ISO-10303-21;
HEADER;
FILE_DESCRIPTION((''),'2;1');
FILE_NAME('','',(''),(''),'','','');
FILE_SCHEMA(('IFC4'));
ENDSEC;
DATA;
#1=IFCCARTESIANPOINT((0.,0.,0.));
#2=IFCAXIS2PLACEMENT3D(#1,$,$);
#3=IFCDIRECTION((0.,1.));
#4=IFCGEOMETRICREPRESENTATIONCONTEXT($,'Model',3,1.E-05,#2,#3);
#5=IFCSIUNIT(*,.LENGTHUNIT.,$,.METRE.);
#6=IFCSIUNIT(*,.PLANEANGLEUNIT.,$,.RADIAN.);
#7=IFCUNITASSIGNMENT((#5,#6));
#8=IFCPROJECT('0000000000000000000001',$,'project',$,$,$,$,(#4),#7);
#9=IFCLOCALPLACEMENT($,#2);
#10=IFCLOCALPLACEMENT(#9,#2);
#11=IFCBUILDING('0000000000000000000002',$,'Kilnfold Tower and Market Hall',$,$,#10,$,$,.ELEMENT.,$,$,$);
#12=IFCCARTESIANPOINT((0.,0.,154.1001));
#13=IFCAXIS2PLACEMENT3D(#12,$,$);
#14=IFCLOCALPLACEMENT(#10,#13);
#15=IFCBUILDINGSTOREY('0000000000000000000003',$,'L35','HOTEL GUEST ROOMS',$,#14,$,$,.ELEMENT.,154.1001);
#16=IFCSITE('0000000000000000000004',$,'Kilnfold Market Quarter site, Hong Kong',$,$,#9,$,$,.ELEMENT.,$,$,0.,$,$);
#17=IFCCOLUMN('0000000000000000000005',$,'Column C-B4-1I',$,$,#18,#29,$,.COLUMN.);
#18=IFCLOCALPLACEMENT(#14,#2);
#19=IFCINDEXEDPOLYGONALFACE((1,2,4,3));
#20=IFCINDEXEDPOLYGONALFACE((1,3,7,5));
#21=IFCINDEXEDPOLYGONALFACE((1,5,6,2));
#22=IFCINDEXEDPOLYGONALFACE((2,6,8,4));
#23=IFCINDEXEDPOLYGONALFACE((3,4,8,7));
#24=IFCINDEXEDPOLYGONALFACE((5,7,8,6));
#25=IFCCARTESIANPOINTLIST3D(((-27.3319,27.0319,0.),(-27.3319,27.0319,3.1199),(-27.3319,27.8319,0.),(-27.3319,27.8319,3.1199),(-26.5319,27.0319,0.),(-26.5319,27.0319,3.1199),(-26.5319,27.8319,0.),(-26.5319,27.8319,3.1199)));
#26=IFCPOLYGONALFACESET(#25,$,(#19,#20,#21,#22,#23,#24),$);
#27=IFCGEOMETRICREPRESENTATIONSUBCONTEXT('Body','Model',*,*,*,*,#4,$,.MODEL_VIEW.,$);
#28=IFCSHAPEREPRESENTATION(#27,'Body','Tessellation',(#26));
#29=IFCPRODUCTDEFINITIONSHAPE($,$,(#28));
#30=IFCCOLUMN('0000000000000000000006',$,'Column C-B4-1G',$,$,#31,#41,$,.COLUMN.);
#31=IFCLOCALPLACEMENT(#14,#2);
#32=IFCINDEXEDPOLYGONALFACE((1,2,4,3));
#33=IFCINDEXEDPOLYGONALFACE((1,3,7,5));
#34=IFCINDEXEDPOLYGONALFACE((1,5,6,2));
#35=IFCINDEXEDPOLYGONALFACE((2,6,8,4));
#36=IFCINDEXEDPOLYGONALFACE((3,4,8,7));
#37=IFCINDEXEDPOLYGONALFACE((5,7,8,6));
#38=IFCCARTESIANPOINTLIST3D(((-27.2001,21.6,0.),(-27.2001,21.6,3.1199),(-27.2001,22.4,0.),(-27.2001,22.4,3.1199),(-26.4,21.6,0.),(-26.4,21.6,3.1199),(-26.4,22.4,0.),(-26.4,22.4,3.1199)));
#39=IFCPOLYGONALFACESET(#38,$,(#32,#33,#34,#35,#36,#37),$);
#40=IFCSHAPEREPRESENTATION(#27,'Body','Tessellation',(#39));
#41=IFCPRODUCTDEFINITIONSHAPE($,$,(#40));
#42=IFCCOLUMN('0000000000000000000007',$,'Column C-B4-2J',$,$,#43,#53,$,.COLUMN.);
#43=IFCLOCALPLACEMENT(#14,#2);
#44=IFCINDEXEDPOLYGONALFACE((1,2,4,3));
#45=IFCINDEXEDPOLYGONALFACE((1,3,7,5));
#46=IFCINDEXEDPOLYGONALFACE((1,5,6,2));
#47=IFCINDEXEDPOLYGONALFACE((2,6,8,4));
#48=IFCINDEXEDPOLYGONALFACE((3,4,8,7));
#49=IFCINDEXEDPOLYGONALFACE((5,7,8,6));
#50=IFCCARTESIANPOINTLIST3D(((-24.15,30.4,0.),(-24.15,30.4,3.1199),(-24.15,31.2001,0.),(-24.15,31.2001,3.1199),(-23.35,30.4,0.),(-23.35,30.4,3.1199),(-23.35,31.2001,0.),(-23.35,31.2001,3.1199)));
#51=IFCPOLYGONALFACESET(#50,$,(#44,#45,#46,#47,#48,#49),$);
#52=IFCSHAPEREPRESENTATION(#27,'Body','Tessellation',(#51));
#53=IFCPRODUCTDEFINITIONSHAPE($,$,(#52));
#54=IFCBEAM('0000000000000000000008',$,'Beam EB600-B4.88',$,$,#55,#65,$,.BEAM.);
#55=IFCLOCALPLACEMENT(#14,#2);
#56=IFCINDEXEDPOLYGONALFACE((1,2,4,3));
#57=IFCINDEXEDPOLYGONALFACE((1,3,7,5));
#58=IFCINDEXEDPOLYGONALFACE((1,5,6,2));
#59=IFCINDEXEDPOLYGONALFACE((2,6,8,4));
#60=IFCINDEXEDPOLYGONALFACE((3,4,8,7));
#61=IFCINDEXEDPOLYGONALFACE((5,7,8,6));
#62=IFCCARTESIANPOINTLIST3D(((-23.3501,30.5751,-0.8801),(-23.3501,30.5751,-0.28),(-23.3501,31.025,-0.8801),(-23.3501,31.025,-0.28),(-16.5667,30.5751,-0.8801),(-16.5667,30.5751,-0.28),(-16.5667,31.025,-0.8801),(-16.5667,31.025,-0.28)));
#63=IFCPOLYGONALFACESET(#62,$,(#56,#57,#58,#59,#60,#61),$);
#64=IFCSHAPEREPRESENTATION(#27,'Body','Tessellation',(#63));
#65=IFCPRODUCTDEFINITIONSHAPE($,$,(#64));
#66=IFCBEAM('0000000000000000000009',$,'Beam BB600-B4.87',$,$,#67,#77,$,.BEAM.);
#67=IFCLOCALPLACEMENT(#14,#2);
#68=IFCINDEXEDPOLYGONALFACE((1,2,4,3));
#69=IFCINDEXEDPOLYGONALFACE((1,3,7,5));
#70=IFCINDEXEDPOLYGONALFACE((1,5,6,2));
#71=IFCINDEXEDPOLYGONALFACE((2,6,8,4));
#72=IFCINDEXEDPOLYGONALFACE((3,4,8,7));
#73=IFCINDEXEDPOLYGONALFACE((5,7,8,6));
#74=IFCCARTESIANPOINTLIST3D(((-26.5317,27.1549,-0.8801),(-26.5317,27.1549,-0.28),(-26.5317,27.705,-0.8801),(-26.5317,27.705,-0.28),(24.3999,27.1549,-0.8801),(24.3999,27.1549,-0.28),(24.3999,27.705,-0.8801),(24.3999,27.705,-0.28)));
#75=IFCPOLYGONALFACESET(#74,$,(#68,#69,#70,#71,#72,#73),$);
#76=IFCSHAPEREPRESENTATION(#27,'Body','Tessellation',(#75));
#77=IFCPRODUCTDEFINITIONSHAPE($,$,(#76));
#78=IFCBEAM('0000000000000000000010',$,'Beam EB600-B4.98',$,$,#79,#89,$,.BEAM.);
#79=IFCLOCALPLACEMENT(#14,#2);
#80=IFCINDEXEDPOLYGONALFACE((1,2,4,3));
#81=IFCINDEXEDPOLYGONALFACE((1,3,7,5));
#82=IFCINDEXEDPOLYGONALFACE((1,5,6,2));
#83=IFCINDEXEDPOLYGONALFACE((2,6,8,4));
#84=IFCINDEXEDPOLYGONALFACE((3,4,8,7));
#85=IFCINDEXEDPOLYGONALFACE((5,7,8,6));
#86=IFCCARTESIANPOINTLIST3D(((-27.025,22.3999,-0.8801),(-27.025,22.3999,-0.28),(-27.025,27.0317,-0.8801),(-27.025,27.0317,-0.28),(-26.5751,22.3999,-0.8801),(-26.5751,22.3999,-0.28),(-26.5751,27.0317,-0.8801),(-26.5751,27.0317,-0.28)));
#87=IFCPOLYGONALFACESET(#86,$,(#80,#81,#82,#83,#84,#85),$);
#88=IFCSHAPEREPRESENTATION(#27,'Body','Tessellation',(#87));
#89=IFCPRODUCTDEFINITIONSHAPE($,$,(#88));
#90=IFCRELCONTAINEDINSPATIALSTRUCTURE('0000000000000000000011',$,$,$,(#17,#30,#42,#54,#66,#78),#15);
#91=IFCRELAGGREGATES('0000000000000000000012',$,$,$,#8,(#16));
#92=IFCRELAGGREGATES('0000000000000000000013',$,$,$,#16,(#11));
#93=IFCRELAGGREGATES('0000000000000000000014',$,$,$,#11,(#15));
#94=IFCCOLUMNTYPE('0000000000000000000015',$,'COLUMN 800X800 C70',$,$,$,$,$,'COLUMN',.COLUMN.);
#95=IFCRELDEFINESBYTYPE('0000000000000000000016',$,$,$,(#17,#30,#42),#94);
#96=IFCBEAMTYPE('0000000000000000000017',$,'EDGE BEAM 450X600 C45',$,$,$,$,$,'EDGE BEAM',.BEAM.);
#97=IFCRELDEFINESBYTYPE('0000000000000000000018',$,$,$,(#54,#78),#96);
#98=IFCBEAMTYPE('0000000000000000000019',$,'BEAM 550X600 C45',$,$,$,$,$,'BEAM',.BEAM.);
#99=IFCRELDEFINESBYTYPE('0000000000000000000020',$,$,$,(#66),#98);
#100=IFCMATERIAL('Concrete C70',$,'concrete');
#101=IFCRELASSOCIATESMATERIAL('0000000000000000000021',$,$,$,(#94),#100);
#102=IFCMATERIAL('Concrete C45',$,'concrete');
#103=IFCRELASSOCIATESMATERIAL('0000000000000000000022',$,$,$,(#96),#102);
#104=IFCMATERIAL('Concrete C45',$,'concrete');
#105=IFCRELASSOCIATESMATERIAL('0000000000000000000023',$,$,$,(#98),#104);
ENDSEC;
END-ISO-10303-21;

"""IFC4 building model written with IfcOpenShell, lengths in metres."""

from ifc_helpers import new_model, si_unit, direction, frame, origin, origin_2d, place, context, subcontext, project, spatial, rectangle, extrude, source, transform, mapped, material, material_profile, profile_set, type_object, element, save


model = new_model("IFC4")

# Units and contexts
model_context = context("Model", 3, precision=1e-05, world=origin(), true_north=direction((0.0, 1.0)))
body_context = subcontext(model_context, "Body", "Model", "MODEL_VIEW")
ifc_project = project(units=[si_unit("LENGTHUNIT", "METRE"), si_unit("PLANEANGLEUNIT", "RADIAN")], contexts=[model_context])

# Site, building, storey
site_placement = place(None, origin())
site = spatial("IfcSite", under=ifc_project, at=site_placement, Name="Kilnfold Market Quarter site, Hong Kong", CompositionType="ELEMENT", RefElevation=0.0)
building_placement = place(site_placement, origin())
building = spatial("IfcBuilding", under=site, at=building_placement, Name="Kilnfold Tower and Market Hall", CompositionType="ELEMENT")
storey_placement = place(building_placement, frame((0.0, 0.0, 154.1001)))
storey = spatial("IfcBuildingStorey", under=building, at=storey_placement, Name="L35", Description="HOTEL GUEST ROOMS", CompositionType="ELEMENT", Elevation=154.1001)

# Columns
ifc_material_1 = material(Name="Concrete C70", Category="concrete")
ifc_material_profile_1 = material_profile(ifc_material_1, rectangle(XDim=0.8, YDim=0.8, at=origin_2d()), Name="RC 800x800")
ifc_profile_set_1 = profile_set([ifc_material_profile_1], Name="Concrete C70")
column_type = type_object("IfcColumnType", Name="COLUMN 800X800 C70", ElementType="COLUMN", PredefinedType="COLUMN", material=ifc_profile_set_1)
shared_shape_1 = source(origin(), body_context, "Body", "SweptSolid", [
    extrude(rectangle(XDim=0.8, YDim=0.8, at=origin_2d()), origin(), (0.0, 0.0, 1.0), 3.1199),
])
for number, where, z_axis, x_axis, name in (
    (1, (-26.9319, 27.4319, 0.0), (0.0, 0.0, 1.0), (1.0, 0.0, 0.0), "Column C-B4-1I"),
    (2, (-26.8, 22.0, 0.0), (0.0, 0.0, 1.0), (1.0, 0.0, 0.0), "Column C-B4-1G"),
    (3, (-23.75, 30.8, 0.0), (0.0, 0.0, 1.0), (1.0, 0.0, 0.0), "Column C-B4-2J"),
):
    element("IfcColumn", number, at=place(storey_placement, frame(where, z_axis=z_axis, x_axis=x_axis)), inside=storey, type_object=column_type, Name=name, PredefinedType="COLUMN", context=body_context, shape_type="MappedRepresentation", body=[
        mapped(shared_shape_1, transform((0.0, 0.0, 0.0))),
    ])

# Beams
ifc_material_2 = material(Name="Concrete C45", Category="concrete")
ifc_material_profile_2 = material_profile(ifc_material_2, rectangle(XDim=0.45, YDim=0.6001, at=origin_2d()), Name="RC 450x600")
ifc_profile_set_2 = profile_set([ifc_material_profile_2], Name="Concrete C45")
beam_type_1 = type_object("IfcBeamType", Name="EDGE BEAM 450X600 C45", ElementType="EDGE BEAM", PredefinedType="BEAM", material=ifc_profile_set_2)
shared_shape_2 = source(origin(), body_context, "Body", "SweptSolid", [
    extrude(rectangle(XDim=0.45, YDim=0.6001, at=origin_2d()), origin(), (0.0, 0.0, 1.0), 6.7834),
])
beam_1_placement = place(storey_placement, frame((-23.3501, 30.8, -0.5801), z_axis=(1.0, 0.0, 0.0), x_axis=(0.0, 1.0, 0.0)))
element("IfcBeam", 4, at=beam_1_placement, inside=storey, type_object=beam_type_1, Name="Beam EB600-B4.88", PredefinedType="BEAM", context=body_context, shape_type="MappedRepresentation", body=[
    mapped(shared_shape_2, transform((0.0, 0.0, 0.0))),
])
ifc_material_3 = material(Name="Concrete C45", Category="concrete")
ifc_material_profile_3 = material_profile(ifc_material_3, rectangle(XDim=0.55, YDim=0.6001, at=origin_2d()), Name="RC 550x600")
ifc_profile_set_3 = profile_set([ifc_material_profile_3], Name="Concrete C45")
beam_type_2 = type_object("IfcBeamType", Name="BEAM 550X600 C45", ElementType="BEAM", PredefinedType="BEAM", material=ifc_profile_set_3)
shared_shape_3 = source(origin(), body_context, "Body", "SweptSolid", [
    extrude(rectangle(XDim=0.55, YDim=0.6001, at=origin_2d()), origin(), (0.0, 0.0, 1.0), 50.9316),
])
beam_2_placement = place(storey_placement, frame((-26.5317, 27.4299, -0.5801), z_axis=(1.0, 0.0, 0.0), x_axis=(0.0, 1.0, 0.0)))
element("IfcBeam", 5, at=beam_2_placement, inside=storey, type_object=beam_type_2, Name="Beam BB600-B4.87", PredefinedType="BEAM", context=body_context, shape_type="MappedRepresentation", body=[
    mapped(shared_shape_3, transform((0.0, 0.0, 0.0))),
])
shared_shape_4 = source(origin(), body_context, "Body", "SweptSolid", [
    extrude(rectangle(XDim=0.45, YDim=0.6001, at=origin_2d()), origin(), (0.0, 0.0, 1.0), 4.6318),
])
beam_3_placement = place(storey_placement, frame((-26.8, 22.3999, -0.5801), z_axis=(0.0, 1.0, 0.0), x_axis=(-1.0, 0.0, 0.0)))
element("IfcBeam", 6, at=beam_3_placement, inside=storey, type_object=beam_type_1, Name="Beam EB600-B4.98", PredefinedType="BEAM", context=body_context, shape_type="MappedRepresentation", body=[
    mapped(shared_shape_4, transform((0.0, 0.0, 0.0))),
])

save(model, "model.ifc")
